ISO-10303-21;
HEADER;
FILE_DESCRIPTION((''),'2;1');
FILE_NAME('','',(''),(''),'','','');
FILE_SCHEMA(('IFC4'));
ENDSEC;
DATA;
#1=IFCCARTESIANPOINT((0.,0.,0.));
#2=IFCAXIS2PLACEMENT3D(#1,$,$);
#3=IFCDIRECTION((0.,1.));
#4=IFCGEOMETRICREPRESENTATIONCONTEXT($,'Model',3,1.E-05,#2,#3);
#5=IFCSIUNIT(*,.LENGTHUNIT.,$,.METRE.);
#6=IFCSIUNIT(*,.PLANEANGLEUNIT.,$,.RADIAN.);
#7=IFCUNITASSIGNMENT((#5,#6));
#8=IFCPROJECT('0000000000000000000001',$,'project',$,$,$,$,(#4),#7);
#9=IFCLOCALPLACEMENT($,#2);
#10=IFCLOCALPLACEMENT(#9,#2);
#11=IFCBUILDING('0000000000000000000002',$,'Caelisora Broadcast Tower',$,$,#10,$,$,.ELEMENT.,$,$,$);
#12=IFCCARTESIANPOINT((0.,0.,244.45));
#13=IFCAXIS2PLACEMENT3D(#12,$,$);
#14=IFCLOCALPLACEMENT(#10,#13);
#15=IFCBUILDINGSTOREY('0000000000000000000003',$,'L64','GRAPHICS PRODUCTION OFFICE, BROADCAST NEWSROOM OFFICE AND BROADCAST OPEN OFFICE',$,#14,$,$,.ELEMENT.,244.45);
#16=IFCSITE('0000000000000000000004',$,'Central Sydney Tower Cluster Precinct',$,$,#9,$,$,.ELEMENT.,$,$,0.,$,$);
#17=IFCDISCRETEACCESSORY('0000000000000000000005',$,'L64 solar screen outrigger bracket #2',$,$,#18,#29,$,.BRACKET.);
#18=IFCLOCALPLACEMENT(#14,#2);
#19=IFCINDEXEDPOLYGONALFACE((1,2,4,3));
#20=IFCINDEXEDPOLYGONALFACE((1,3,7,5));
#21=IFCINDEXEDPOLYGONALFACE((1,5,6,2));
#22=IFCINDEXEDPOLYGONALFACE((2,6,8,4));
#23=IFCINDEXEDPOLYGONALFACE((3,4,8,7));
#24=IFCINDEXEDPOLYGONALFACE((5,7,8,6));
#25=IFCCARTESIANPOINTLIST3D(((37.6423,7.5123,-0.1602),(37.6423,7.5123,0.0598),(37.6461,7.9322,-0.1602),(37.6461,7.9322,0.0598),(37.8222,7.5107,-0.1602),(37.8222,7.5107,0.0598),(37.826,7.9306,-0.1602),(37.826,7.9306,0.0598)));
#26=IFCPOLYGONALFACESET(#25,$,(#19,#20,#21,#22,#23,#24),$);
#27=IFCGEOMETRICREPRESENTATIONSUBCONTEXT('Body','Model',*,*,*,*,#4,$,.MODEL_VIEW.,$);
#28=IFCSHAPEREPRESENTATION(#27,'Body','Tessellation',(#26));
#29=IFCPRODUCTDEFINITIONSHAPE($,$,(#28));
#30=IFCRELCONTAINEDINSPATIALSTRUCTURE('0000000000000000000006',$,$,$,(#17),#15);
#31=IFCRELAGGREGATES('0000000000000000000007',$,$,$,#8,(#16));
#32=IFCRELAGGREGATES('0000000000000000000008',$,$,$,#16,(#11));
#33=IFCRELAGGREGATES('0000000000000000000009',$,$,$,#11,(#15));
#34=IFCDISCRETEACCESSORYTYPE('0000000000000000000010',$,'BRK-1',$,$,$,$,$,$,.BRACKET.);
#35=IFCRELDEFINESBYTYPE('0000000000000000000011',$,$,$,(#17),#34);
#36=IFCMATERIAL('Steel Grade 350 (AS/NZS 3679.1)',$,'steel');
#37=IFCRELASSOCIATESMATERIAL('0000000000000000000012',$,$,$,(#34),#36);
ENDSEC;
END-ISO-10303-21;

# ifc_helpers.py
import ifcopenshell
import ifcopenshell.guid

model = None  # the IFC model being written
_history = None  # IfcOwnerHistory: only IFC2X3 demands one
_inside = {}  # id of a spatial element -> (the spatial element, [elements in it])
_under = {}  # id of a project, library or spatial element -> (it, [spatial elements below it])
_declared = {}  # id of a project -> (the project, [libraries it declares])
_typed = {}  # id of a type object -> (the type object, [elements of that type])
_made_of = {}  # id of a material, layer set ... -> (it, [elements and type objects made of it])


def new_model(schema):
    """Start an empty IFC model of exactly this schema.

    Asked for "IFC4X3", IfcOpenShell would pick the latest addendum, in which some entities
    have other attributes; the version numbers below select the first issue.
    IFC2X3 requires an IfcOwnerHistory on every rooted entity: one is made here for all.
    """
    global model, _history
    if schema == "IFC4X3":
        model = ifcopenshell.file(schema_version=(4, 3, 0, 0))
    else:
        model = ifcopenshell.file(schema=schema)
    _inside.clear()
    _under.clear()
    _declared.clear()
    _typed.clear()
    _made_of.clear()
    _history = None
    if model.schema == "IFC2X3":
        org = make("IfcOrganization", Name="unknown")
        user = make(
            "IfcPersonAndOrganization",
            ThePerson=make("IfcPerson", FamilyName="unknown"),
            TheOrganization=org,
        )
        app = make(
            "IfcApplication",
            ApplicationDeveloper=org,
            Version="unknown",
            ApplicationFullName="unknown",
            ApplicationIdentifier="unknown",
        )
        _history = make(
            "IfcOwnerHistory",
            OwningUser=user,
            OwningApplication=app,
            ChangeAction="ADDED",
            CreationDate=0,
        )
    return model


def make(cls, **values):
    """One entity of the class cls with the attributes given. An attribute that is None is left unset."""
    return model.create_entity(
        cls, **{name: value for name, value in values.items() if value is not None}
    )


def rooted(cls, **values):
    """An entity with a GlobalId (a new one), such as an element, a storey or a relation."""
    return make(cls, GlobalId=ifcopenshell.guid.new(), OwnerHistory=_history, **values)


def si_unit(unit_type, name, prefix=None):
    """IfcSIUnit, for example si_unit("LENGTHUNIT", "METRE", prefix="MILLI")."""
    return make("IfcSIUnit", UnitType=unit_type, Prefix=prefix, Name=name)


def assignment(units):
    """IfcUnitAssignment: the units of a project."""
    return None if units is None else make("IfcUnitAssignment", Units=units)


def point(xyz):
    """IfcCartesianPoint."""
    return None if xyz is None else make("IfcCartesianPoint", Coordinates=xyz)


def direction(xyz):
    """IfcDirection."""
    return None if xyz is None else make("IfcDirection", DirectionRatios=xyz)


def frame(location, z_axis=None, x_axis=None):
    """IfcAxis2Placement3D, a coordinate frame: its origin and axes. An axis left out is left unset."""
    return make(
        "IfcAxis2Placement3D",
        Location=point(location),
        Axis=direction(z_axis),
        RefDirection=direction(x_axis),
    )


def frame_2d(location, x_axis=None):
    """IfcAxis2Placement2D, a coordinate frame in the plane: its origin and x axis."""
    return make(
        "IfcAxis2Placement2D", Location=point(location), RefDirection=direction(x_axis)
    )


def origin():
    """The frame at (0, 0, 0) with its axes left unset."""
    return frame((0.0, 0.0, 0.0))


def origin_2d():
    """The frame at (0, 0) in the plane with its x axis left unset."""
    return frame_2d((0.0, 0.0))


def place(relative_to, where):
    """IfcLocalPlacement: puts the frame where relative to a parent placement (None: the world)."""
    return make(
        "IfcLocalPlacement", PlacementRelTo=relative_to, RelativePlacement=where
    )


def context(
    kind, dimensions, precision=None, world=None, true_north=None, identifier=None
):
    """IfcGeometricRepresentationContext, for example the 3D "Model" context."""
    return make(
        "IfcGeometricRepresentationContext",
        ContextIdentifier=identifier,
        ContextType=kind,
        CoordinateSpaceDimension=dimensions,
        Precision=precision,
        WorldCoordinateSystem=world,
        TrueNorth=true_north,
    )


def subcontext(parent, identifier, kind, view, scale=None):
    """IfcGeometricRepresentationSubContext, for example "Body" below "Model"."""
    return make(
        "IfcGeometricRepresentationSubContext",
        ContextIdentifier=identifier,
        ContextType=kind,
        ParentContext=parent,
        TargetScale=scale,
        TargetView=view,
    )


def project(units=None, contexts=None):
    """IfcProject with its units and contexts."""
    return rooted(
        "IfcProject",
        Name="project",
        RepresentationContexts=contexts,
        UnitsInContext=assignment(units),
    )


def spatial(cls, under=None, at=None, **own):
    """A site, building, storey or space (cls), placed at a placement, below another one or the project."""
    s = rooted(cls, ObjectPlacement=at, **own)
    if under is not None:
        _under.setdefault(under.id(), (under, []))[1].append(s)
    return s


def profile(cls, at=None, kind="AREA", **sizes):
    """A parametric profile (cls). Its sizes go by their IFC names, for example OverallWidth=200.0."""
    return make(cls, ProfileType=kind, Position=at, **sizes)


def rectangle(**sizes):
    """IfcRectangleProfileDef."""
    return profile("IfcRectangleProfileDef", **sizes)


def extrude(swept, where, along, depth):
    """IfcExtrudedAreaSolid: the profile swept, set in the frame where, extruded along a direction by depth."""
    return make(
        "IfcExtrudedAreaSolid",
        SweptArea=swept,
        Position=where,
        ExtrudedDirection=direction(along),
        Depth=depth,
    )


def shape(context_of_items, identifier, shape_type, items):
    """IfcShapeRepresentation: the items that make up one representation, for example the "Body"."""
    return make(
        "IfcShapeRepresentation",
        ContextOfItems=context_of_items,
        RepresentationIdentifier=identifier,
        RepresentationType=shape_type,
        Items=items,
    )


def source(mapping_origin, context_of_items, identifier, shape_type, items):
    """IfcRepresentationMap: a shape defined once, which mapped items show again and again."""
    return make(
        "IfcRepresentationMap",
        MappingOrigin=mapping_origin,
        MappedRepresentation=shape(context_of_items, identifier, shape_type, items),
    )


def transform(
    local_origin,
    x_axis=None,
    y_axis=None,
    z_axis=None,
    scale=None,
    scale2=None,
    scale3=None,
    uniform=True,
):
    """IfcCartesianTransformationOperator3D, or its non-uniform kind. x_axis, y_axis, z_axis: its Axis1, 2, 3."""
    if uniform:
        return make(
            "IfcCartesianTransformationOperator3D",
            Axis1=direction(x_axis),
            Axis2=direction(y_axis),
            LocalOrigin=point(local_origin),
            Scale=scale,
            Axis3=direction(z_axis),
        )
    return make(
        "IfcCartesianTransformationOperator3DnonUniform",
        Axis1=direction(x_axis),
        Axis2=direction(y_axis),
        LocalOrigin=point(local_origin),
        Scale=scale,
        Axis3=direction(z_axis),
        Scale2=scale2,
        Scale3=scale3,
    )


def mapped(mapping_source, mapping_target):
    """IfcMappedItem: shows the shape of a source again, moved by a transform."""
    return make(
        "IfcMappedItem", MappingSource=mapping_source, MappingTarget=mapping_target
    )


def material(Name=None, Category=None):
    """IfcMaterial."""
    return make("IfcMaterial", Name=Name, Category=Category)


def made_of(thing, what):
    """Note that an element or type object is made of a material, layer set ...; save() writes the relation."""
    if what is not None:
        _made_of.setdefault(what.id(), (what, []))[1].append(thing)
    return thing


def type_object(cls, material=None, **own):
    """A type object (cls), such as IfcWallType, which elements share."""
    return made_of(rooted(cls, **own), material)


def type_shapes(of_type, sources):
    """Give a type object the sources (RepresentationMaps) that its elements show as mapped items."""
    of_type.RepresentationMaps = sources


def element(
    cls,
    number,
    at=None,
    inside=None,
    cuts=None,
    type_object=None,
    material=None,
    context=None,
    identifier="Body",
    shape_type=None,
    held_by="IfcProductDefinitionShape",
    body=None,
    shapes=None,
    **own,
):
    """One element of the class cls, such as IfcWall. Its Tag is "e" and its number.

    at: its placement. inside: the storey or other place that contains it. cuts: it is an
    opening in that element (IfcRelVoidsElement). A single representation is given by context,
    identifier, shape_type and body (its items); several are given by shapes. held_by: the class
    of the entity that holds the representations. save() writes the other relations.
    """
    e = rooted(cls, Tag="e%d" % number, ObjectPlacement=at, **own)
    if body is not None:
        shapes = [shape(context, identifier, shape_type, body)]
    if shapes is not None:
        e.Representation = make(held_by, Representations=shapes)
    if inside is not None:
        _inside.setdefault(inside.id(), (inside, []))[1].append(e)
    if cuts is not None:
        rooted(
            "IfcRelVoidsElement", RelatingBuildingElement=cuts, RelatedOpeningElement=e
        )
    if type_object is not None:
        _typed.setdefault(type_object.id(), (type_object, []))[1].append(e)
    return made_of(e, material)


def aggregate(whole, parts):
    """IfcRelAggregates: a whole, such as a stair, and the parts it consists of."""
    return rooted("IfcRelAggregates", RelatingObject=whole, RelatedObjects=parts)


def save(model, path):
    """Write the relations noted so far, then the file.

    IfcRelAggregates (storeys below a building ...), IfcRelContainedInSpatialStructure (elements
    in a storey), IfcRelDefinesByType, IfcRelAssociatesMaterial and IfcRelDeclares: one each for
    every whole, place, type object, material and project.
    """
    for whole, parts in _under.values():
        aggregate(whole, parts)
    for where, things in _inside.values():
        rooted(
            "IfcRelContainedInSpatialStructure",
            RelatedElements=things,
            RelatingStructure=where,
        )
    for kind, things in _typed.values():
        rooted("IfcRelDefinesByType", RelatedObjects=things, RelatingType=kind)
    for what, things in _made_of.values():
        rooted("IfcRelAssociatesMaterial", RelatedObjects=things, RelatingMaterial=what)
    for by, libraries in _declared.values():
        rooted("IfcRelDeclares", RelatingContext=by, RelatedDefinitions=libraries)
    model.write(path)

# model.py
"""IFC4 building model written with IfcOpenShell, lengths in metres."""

from ifc_helpers import new_model, si_unit, direction, frame, origin, origin_2d, place, context, subcontext, project, spatial, rectangle, extrude, source, transform, mapped, material, type_object, type_shapes, element, save


model = new_model("IFC4")

# Units and contexts
model_context = context("Model", 3, precision=1e-05, world=origin(), true_north=direction((0.0, 1.0)))
body_context = subcontext(model_context, "Body", "Model", "MODEL_VIEW")
ifc_project = project(units=[si_unit("LENGTHUNIT", "METRE"), si_unit("PLANEANGLEUNIT", "RADIAN")], contexts=[model_context])

# Site, building, storey
site_placement = place(None, origin())
site = spatial("IfcSite", under=ifc_project, at=site_placement, Name="Central Sydney Tower Cluster Precinct", CompositionType="ELEMENT", RefElevation=0.0)
building_placement = place(site_placement, origin())
building = spatial("IfcBuilding", under=site, at=building_placement, Name="Caelisora Broadcast Tower", CompositionType="ELEMENT")
storey_placement = place(building_placement, frame((0.0, 0.0, 244.45)))
storey = spatial("IfcBuildingStorey", under=building, at=storey_placement, Name="L64", Description="GRAPHICS PRODUCTION OFFICE, BROADCAST NEWSROOM OFFICE AND BROADCAST OPEN OFFICE", CompositionType="ELEMENT", Elevation=244.45)

# Shared definitions
ifc_material_1 = material(Name="Steel Grade 350 (AS/NZS 3679.1)", Category="steel")

# Discrete accessory
discrete_accessory_type = type_object("IfcDiscreteAccessoryType", Name="BRK-1", PredefinedType="BRACKET", material=ifc_material_1)
shared_shape_1 = source(origin(), body_context, "Body", "SweptSolid", [
    extrude(rectangle(XDim=0.1799, YDim=0.4199, at=origin_2d()), origin(), (0.0, 0.0, 1.0), 0.22),
])
type_shapes(discrete_accessory_type, [shared_shape_1])
discrete_accessory_placement = place(storey_placement, frame((37.7341, 7.7214, -0.1602), z_axis=(0.0, 0.0, 1.0), x_axis=(0.999959, -0.009076, 0.0)))
element("IfcDiscreteAccessory", 1, at=discrete_accessory_placement, inside=storey, type_object=discrete_accessory_type, Name="L64 solar screen outrigger bracket #2", PredefinedType="BRACKET", context=body_context, shape_type="MappedRepresentation", body=[
    mapped(shared_shape_1, transform((0.0, 0.0, 0.0), scale=1.0)),
])

save(model, "model.ifc")
